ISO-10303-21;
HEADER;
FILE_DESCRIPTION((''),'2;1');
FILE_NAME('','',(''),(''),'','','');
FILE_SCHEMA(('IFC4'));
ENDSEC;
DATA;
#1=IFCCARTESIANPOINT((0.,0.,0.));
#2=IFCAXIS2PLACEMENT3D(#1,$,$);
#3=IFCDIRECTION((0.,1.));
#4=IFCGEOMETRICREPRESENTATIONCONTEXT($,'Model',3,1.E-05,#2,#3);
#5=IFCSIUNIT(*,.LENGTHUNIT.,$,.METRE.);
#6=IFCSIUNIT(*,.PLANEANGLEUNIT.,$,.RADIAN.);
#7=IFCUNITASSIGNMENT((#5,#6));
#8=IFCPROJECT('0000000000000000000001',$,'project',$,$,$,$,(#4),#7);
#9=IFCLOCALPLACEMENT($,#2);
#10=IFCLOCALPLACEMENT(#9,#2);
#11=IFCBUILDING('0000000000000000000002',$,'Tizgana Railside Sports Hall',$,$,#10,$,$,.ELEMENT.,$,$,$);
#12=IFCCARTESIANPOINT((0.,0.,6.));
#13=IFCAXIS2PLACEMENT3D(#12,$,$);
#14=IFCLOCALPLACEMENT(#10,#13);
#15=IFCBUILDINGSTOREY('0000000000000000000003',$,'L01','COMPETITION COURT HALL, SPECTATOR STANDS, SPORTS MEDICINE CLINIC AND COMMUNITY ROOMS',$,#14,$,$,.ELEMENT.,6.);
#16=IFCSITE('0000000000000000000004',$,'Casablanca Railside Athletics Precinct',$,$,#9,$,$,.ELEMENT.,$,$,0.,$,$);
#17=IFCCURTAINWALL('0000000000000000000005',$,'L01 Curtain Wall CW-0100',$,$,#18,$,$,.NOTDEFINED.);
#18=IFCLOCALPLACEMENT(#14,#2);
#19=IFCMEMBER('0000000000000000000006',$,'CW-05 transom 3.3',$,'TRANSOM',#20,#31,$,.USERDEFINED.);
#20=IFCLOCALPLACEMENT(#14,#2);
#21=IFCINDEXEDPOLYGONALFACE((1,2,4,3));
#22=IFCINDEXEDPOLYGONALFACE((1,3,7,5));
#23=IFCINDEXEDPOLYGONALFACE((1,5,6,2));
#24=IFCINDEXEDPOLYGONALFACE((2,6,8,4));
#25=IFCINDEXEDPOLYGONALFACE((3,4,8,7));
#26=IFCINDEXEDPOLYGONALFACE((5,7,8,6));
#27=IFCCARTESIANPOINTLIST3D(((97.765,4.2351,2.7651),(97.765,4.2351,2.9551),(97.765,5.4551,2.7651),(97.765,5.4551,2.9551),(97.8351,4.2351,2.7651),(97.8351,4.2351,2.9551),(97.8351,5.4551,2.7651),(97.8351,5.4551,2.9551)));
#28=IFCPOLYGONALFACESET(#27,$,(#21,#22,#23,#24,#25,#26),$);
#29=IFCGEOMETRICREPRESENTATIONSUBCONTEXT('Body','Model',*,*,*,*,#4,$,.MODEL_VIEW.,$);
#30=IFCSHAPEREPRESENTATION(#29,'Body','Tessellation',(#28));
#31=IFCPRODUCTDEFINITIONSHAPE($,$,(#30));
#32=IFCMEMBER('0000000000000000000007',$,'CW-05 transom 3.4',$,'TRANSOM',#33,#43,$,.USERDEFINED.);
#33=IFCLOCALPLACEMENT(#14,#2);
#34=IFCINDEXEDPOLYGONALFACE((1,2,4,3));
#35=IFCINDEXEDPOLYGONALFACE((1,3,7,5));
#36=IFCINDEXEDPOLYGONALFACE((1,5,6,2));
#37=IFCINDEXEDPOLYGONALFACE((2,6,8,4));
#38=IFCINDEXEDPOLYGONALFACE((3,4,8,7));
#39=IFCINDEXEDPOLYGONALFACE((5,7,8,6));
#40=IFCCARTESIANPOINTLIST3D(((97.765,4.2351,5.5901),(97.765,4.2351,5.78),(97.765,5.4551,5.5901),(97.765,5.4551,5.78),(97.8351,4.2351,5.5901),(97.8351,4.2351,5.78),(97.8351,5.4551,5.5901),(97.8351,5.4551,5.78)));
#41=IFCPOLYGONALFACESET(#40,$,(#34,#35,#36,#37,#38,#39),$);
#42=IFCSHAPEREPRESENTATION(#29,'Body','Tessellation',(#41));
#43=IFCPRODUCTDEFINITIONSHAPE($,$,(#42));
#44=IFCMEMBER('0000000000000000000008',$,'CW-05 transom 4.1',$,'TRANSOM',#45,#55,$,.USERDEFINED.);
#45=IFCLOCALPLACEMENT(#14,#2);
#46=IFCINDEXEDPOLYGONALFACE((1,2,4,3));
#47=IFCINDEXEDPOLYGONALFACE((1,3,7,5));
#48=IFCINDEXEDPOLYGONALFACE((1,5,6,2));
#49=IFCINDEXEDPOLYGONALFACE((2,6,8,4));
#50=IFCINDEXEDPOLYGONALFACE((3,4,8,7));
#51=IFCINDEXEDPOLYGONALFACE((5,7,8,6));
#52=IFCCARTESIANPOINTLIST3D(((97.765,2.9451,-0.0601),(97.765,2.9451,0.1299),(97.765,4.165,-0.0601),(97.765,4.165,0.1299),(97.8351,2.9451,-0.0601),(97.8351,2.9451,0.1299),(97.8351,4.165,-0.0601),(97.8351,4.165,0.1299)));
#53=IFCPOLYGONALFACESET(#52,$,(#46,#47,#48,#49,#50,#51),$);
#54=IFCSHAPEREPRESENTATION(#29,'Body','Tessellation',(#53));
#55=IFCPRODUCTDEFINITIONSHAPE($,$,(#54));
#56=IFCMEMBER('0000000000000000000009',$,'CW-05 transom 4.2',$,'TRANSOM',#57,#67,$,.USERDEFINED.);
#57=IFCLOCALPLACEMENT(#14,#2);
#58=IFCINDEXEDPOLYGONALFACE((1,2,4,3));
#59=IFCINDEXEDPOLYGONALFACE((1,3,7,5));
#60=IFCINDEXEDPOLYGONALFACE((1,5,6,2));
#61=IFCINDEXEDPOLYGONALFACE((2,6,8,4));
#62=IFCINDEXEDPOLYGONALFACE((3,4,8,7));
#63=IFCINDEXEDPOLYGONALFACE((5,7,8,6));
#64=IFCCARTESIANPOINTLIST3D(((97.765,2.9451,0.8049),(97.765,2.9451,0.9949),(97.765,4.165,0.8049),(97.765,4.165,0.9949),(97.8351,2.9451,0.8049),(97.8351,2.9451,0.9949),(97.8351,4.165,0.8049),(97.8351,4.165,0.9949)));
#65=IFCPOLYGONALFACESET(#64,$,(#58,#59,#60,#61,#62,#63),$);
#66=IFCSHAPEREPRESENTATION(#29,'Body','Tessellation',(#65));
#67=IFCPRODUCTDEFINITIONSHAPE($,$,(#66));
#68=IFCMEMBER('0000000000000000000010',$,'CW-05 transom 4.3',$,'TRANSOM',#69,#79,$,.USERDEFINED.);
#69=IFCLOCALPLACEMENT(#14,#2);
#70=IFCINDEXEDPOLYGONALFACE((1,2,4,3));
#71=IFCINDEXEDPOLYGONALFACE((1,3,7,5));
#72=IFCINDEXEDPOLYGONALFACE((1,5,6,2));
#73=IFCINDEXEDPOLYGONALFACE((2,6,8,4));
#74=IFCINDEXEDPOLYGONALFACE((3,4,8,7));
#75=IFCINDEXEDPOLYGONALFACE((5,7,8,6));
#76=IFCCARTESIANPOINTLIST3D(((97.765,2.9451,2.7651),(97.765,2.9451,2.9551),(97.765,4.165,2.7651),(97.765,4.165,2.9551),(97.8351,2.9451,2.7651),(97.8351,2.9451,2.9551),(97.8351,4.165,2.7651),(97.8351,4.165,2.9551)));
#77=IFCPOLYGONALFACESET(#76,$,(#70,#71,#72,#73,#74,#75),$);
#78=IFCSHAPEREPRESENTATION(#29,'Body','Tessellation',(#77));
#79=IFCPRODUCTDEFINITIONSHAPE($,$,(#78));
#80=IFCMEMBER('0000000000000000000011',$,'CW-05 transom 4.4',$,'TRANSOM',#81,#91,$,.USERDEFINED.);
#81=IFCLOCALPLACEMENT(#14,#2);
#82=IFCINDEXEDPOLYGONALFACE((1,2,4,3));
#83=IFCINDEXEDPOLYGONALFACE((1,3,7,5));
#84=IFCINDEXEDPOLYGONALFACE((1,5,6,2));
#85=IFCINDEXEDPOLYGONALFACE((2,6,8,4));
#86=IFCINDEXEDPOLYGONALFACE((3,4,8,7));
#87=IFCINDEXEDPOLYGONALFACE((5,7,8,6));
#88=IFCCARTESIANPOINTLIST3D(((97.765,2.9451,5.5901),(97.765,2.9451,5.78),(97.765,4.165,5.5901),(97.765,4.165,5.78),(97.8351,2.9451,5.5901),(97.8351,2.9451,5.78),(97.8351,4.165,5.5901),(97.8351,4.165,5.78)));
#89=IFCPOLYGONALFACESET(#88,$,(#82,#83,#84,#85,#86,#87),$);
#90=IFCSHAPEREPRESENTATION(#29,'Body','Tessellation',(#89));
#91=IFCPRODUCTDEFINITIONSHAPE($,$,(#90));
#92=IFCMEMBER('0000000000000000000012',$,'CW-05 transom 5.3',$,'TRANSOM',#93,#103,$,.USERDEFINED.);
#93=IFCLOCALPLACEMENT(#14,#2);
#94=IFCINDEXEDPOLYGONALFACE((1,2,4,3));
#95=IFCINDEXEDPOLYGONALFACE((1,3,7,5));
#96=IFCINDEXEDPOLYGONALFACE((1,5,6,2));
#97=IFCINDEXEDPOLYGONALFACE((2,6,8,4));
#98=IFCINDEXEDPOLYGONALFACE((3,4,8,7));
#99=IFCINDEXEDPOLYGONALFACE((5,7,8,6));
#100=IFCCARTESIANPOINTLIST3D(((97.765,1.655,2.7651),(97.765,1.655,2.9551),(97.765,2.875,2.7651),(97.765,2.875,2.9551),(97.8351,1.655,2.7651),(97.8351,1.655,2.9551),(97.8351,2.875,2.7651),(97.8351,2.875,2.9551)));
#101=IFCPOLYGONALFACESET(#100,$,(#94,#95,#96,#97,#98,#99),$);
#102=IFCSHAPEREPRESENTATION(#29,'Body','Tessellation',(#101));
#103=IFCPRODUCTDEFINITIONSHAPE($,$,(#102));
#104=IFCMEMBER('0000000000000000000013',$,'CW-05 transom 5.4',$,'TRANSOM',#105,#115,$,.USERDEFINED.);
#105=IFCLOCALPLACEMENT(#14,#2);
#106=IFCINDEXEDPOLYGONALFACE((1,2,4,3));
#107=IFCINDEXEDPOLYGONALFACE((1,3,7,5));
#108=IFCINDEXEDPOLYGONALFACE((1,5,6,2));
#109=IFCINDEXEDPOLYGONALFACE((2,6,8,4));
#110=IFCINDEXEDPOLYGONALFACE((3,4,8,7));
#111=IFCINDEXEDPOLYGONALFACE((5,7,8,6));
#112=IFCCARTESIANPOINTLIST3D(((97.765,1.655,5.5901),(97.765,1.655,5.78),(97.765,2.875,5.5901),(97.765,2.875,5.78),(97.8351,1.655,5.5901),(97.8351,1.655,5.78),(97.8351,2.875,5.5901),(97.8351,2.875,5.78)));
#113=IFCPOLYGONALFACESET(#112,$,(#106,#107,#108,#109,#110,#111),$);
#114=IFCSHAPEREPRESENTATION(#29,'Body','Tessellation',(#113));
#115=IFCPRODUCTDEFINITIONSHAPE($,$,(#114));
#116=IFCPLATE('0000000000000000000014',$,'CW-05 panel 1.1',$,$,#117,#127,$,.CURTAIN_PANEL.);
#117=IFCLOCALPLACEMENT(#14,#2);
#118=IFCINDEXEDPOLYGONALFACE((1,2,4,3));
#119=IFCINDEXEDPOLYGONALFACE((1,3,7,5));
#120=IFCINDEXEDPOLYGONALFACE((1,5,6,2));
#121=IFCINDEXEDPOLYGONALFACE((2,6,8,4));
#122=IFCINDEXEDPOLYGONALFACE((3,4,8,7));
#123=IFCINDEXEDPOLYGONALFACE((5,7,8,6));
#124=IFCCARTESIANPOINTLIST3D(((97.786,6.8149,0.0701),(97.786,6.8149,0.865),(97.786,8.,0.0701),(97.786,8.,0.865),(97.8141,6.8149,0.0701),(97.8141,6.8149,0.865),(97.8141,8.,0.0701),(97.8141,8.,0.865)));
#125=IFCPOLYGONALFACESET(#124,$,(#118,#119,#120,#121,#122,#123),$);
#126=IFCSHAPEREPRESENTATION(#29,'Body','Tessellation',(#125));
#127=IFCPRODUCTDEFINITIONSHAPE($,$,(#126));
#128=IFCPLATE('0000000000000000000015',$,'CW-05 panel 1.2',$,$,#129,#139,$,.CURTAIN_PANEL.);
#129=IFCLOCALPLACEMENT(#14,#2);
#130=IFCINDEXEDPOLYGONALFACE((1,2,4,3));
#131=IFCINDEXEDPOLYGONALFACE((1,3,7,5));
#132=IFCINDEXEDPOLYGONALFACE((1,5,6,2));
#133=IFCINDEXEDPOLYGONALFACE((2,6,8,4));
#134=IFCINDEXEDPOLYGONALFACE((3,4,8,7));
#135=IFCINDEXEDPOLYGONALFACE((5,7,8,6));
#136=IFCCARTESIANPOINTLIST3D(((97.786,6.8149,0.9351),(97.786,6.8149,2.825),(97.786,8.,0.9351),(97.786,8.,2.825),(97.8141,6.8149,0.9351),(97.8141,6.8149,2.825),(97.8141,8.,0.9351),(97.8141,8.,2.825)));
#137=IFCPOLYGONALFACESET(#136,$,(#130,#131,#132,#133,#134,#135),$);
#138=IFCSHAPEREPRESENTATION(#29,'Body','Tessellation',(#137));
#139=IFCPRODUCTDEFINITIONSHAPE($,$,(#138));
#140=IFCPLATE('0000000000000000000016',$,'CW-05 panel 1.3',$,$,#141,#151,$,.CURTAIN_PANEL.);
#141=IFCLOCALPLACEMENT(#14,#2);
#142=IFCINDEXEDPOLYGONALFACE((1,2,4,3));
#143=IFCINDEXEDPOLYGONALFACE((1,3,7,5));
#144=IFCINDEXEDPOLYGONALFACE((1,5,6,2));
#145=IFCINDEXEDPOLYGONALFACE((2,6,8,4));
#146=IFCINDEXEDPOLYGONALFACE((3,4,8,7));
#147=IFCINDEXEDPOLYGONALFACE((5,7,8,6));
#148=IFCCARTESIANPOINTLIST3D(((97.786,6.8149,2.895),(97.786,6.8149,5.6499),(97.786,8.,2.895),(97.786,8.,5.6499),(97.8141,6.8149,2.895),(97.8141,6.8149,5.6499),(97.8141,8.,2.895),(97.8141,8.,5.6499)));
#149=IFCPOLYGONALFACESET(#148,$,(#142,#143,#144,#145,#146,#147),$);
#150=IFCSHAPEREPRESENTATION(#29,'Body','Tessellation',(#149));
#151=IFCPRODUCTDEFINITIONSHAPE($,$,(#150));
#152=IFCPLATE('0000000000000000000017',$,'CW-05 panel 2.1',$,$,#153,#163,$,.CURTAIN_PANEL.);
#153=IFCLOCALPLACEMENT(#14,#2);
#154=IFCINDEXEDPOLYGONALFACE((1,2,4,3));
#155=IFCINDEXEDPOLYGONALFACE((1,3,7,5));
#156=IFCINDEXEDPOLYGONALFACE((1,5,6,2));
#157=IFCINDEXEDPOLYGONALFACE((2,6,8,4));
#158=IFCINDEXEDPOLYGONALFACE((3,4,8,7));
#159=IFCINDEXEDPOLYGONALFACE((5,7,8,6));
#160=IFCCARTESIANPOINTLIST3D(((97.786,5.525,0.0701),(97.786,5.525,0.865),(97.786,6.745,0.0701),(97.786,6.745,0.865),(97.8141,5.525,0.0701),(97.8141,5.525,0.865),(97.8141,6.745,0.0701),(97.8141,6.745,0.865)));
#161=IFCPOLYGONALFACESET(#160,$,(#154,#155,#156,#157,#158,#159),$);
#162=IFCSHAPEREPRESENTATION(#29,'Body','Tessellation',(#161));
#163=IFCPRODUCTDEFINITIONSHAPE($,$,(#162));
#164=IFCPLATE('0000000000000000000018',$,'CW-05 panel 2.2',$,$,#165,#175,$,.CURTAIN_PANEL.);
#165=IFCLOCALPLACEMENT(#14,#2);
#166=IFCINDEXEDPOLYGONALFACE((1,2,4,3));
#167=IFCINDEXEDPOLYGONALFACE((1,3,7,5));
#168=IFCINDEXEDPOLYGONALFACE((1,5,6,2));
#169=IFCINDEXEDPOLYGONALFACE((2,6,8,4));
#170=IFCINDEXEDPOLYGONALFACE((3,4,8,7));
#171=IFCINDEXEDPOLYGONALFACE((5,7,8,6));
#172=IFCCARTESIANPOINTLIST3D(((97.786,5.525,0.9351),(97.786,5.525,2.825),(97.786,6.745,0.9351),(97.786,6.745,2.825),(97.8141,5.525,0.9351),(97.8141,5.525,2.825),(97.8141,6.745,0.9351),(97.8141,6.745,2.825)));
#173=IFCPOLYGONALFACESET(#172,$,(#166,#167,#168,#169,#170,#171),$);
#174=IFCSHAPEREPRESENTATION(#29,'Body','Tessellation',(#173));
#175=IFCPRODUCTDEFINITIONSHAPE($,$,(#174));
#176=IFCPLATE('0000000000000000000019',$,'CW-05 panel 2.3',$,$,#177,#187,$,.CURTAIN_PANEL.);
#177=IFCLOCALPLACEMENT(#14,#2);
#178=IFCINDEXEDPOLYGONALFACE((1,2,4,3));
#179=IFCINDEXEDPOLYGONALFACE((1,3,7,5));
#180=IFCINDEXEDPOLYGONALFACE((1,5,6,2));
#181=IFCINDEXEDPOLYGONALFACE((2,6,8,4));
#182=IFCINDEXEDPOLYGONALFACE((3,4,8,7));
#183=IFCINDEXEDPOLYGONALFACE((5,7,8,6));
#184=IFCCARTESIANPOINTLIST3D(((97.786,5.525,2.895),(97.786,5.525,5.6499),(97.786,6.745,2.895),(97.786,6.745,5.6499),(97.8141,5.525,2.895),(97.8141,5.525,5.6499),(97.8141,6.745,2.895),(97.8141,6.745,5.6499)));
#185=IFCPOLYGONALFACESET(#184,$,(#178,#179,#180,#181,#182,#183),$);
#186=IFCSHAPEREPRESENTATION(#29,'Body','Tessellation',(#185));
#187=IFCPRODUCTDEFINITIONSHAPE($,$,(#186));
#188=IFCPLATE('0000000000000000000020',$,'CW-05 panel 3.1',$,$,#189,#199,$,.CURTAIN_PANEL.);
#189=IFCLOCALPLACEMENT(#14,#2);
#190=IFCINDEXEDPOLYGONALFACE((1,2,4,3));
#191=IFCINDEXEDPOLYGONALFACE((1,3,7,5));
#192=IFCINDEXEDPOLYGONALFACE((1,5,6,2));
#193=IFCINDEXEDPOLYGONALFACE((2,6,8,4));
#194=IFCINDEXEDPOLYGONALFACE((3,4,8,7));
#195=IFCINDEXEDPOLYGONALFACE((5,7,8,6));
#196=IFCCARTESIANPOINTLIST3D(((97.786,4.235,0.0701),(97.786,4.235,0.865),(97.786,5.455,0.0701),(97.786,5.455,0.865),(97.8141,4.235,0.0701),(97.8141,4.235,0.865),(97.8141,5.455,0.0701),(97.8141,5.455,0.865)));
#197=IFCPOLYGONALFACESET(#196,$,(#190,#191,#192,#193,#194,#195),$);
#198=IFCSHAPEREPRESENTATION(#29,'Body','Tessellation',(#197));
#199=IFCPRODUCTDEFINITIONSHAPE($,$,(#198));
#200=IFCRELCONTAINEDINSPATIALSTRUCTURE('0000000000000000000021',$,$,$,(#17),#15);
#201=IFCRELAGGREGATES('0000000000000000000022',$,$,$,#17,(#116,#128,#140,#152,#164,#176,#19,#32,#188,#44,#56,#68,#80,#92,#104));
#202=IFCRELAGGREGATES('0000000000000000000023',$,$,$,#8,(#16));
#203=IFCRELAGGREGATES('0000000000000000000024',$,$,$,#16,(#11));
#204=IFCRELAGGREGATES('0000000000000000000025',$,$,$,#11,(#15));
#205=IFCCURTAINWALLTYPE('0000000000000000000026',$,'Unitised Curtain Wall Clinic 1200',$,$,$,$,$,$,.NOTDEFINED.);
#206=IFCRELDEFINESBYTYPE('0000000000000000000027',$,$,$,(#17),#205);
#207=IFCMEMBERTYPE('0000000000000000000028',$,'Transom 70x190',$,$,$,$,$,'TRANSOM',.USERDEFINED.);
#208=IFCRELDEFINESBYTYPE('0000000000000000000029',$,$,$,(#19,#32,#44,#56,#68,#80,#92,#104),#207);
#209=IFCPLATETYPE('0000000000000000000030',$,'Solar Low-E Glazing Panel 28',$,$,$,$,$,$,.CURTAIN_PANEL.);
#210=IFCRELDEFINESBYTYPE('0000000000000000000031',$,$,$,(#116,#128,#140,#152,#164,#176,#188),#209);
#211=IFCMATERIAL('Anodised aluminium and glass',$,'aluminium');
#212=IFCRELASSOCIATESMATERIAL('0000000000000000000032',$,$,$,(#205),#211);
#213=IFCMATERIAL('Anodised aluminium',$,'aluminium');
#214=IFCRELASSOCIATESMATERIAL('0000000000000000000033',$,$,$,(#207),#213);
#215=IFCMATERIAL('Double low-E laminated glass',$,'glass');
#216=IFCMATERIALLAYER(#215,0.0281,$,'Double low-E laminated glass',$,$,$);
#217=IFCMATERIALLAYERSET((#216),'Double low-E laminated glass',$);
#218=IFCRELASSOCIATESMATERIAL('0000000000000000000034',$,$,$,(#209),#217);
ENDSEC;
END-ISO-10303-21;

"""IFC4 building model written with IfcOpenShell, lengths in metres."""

from ifc_helpers import new_model, si_unit, direction, frame, origin, origin_2d, place, context, subcontext, project, spatial, rectangle, extrude, material, layer, layer_set, material_profile, profile_set, type_object, element, aggregate, save


model = new_model("IFC4")

# Units and contexts
model_context = context("Model", 3, precision=1e-05, world=origin(), true_north=direction((0.0, 1.0)))
body_context = subcontext(model_context, "Body", "Model", "MODEL_VIEW")
ifc_project = project(units=[si_unit("LENGTHUNIT", "METRE"), si_unit("PLANEANGLEUNIT", "RADIAN")], contexts=[model_context])

# Site, building, storey
site_placement = place(None, origin())
site = spatial("IfcSite", under=ifc_project, at=site_placement, Name="Casablanca Railside Athletics Precinct", CompositionType="ELEMENT", RefElevation=0.0)
building_placement = place(site_placement, origin())
building = spatial("IfcBuilding", under=site, at=building_placement, Name="Tizgana Railside Sports Hall", CompositionType="ELEMENT")
storey_placement = place(building_placement, frame((0.0, 0.0, 6.0)))
storey = spatial("IfcBuildingStorey", under=building, at=storey_placement, Name="L01", Description="COMPETITION COURT HALL, SPECTATOR STANDS, SPORTS MEDICINE CLINIC AND COMMUNITY ROOMS", CompositionType="ELEMENT", Elevation=6.0)

# Curtain wall, members, plates
ifc_material_1 = material(Name="Anodised aluminium and glass", Category="aluminium")
curtain_wall_type = type_object("IfcCurtainWallType", Name="Unitised Curtain Wall Clinic 1200", PredefinedType="NOTDEFINED", material=ifc_material_1)
curtain_wall_placement = place(storey_placement, origin())
curtain_wall = element("IfcCurtainWall", 1, at=curtain_wall_placement, inside=storey, type_object=curtain_wall_type, Name="L01 Curtain Wall CW-0100", PredefinedType="NOTDEFINED")
ifc_material_2 = material(Name="Anodised aluminium", Category="aluminium")
ifc_material_profile_1 = material_profile(ifc_material_2, rectangle(XDim=0.0701, YDim=0.1899, at=origin_2d()), Name="Transom 70x190")
ifc_profile_set_1 = profile_set([ifc_material_profile_1], Name="Anodised aluminium")
member_type_1 = type_object("IfcMemberType", Name="Transom 70x190", ElementType="TRANSOM", PredefinedType="USERDEFINED", material=ifc_profile_set_1)
member_1_placement = place(storey_placement, frame((97.8, 5.4551, 2.8601), z_axis=(0.0, -1.0, 0.0), x_axis=(1.0, 0.0, 0.0)))
member_1 = element("IfcMember", 2, at=member_1_placement, type_object=member_type_1, Name="CW-05 transom 3.3", ObjectType="TRANSOM", PredefinedType="USERDEFINED", context=body_context, shape_type="SweptSolid", body=[
    extrude(rectangle(XDim=0.0701, YDim=0.1899, at=origin_2d()), origin(), (0.0, 0.0, 1.0), 1.22),
])
member_2_placement = place(storey_placement, frame((97.8, 5.4551, 5.6851), z_axis=(0.0, -1.0, 0.0), x_axis=(1.0, 0.0, 0.0)))
member_2 = element("IfcMember", 3, at=member_2_placement, type_object=member_type_1, Name="CW-05 transom 3.4", ObjectType="TRANSOM", PredefinedType="USERDEFINED", context=body_context, shape_type="SweptSolid", body=[
    extrude(rectangle(XDim=0.0701, YDim=0.1899, at=origin_2d()), origin(), (0.0, 0.0, 1.0), 1.22),
])
member_3_placement = place(storey_placement, frame((97.8, 4.165, 0.0349), z_axis=(0.0, -1.0, 0.0), x_axis=(1.0, 0.0, 0.0)))
member_3 = element("IfcMember", 4, at=member_3_placement, type_object=member_type_1, Name="CW-05 transom 4.1", ObjectType="TRANSOM", PredefinedType="USERDEFINED", context=body_context, shape_type="SweptSolid", body=[
    extrude(rectangle(XDim=0.0701, YDim=0.1899, at=origin_2d()), origin(), (0.0, 0.0, 1.0), 1.22),
])
member_4_placement = place(storey_placement, frame((97.8, 4.165, 0.8999), z_axis=(0.0, -1.0, 0.0), x_axis=(1.0, 0.0, 0.0)))
member_4 = element("IfcMember", 5, at=member_4_placement, type_object=member_type_1, Name="CW-05 transom 4.2", ObjectType="TRANSOM", PredefinedType="USERDEFINED", context=body_context, shape_type="SweptSolid", body=[
    extrude(rectangle(XDim=0.0701, YDim=0.1899, at=origin_2d()), origin(), (0.0, 0.0, 1.0), 1.22),
])
member_5_placement = place(storey_placement, frame((97.8, 4.165, 2.8601), z_axis=(0.0, -1.0, 0.0), x_axis=(1.0, 0.0, 0.0)))
member_5 = element("IfcMember", 6, at=member_5_placement, type_object=member_type_1, Name="CW-05 transom 4.3", ObjectType="TRANSOM", PredefinedType="USERDEFINED", context=body_context, shape_type="SweptSolid", body=[
    extrude(rectangle(XDim=0.0701, YDim=0.1899, at=origin_2d()), origin(), (0.0, 0.0, 1.0), 1.22),
])
member_6_placement = place(storey_placement, frame((97.8, 4.165, 5.6851), z_axis=(0.0, -1.0, 0.0), x_axis=(1.0, 0.0, 0.0)))
member_6 = element("IfcMember", 7, at=member_6_placement, type_object=member_type_1, Name="CW-05 transom 4.4", ObjectType="TRANSOM", PredefinedType="USERDEFINED", context=body_context, shape_type="SweptSolid", body=[
    extrude(rectangle(XDim=0.0701, YDim=0.1899, at=origin_2d()), origin(), (0.0, 0.0, 1.0), 1.22),
])
member_7_placement = place(storey_placement, frame((97.8, 2.875, 2.8601), z_axis=(0.0, -1.0, 0.0), x_axis=(1.0, 0.0, 0.0)))
member_7 = element("IfcMember", 8, at=member_7_placement, type_object=member_type_1, Name="CW-05 transom 5.3", ObjectType="TRANSOM", PredefinedType="USERDEFINED", context=body_context, shape_type="SweptSolid", body=[
    extrude(rectangle(XDim=0.0701, YDim=0.1899, at=origin_2d()), origin(), (0.0, 0.0, 1.0), 1.22),
])
member_8_placement = place(storey_placement, frame((97.8, 2.875, 5.6851), z_axis=(0.0, -1.0, 0.0), x_axis=(1.0, 0.0, 0.0)))
member_8 = element("IfcMember", 9, at=member_8_placement, type_object=member_type_1, Name="CW-05 transom 5.4", ObjectType="TRANSOM", PredefinedType="USERDEFINED", context=body_context, shape_type="SweptSolid", body=[
    extrude(rectangle(XDim=0.0701, YDim=0.1899, at=origin_2d()), origin(), (0.0, 0.0, 1.0), 1.22),
])
ifc_material_3 = material(Name="Double low-E laminated glass", Category="glass")
ifc_layer = layer(ifc_material_3, 0.0281, Name="Double low-E laminated glass")
ifc_layer_set = layer_set([ifc_layer], Name="Double low-E laminated glass")
plate_type = type_object("IfcPlateType", Name="Solar Low-E Glazing Panel 28", PredefinedType="CURTAIN_PANEL", material=ifc_layer_set)
plate_1_placement = place(storey_placement, frame((97.8, 7.4075, 0.0701), z_axis=(0.0, 0.0, 1.0), x_axis=(0.0, -1.0, 0.0)))
plate_1 = element("IfcPlate", 10, at=plate_1_placement, type_object=plate_type, Name="CW-05 panel 1.1", PredefinedType="CURTAIN_PANEL", context=body_context, shape_type="SweptSolid", body=[
    extrude(rectangle(XDim=1.1851, YDim=0.0281, at=origin_2d()), origin(), (0.0, 0.0, 1.0), 0.7949),
])
plate_2_placement = place(storey_placement, frame((97.8, 7.4075, 0.9351), z_axis=(0.0, 0.0, 1.0), x_axis=(0.0, -1.0, 0.0)))
plate_2 = element("IfcPlate", 11, at=plate_2_placement, type_object=plate_type, Name="CW-05 panel 1.2", PredefinedType="CURTAIN_PANEL", context=body_context, shape_type="SweptSolid", body=[
    extrude(rectangle(XDim=1.1851, YDim=0.0281, at=origin_2d()), origin(), (0.0, 0.0, 1.0), 1.8899),
])
plate_3_placement = place(storey_placement, frame((97.8, 7.4075, 2.895), z_axis=(0.0, 0.0, 1.0), x_axis=(0.0, -1.0, 0.0)))
plate_3 = element("IfcPlate", 12, at=plate_3_placement, type_object=plate_type, Name="CW-05 panel 1.3", PredefinedType="CURTAIN_PANEL", context=body_context, shape_type="SweptSolid", body=[
    extrude(rectangle(XDim=1.1851, YDim=0.0281, at=origin_2d()), origin(), (0.0, 0.0, 1.0), 2.7549),
])
plate_4_placement = place(storey_placement, frame((97.8, 6.135, 0.0701), z_axis=(0.0, 0.0, 1.0), x_axis=(0.0, -1.0, 0.0)))
plate_4 = element("IfcPlate", 13, at=plate_4_placement, type_object=plate_type, Name="CW-05 panel 2.1", PredefinedType="CURTAIN_PANEL", context=body_context, shape_type="SweptSolid", body=[
    extrude(rectangle(XDim=1.22, YDim=0.0281, at=origin_2d()), origin(), (0.0, 0.0, 1.0), 0.7949),
])
plate_5_placement = place(storey_placement, frame((97.8, 6.135, 0.9351), z_axis=(0.0, 0.0, 1.0), x_axis=(0.0, -1.0, 0.0)))
plate_5 = element("IfcPlate", 14, at=plate_5_placement, type_object=plate_type, Name="CW-05 panel 2.2", PredefinedType="CURTAIN_PANEL", context=body_context, shape_type="SweptSolid", body=[
    extrude(rectangle(XDim=1.22, YDim=0.0281, at=origin_2d()), origin(), (0.0, 0.0, 1.0), 1.8899),
])
plate_6_placement = place(storey_placement, frame((97.8, 6.135, 2.895), z_axis=(0.0, 0.0, 1.0), x_axis=(0.0, -1.0, 0.0)))
plate_6 = element("IfcPlate", 15, at=plate_6_placement, type_object=plate_type, Name="CW-05 panel 2.3", PredefinedType="CURTAIN_PANEL", context=body_context, shape_type="SweptSolid", body=[
    extrude(rectangle(XDim=1.22, YDim=0.0281, at=origin_2d()), origin(), (0.0, 0.0, 1.0), 2.7549),
])
plate_7_placement = place(storey_placement, frame((97.8, 4.845, 0.0701), z_axis=(0.0, 0.0, 1.0), x_axis=(0.0, -1.0, 0.0)))
plate_7 = element("IfcPlate", 16, at=plate_7_placement, type_object=plate_type, Name="CW-05 panel 3.1", PredefinedType="CURTAIN_PANEL", context=body_context, shape_type="SweptSolid", body=[
    extrude(rectangle(XDim=1.22, YDim=0.0281, at=origin_2d()), origin(), (0.0, 0.0, 1.0), 0.7949),
])
aggregate(curtain_wall, [plate_1, plate_2, plate_3, plate_4, plate_5, plate_6, member_1, member_2, plate_7, member_3, member_4, member_5, member_6, member_7, member_8])

save(model, "model.ifc")
